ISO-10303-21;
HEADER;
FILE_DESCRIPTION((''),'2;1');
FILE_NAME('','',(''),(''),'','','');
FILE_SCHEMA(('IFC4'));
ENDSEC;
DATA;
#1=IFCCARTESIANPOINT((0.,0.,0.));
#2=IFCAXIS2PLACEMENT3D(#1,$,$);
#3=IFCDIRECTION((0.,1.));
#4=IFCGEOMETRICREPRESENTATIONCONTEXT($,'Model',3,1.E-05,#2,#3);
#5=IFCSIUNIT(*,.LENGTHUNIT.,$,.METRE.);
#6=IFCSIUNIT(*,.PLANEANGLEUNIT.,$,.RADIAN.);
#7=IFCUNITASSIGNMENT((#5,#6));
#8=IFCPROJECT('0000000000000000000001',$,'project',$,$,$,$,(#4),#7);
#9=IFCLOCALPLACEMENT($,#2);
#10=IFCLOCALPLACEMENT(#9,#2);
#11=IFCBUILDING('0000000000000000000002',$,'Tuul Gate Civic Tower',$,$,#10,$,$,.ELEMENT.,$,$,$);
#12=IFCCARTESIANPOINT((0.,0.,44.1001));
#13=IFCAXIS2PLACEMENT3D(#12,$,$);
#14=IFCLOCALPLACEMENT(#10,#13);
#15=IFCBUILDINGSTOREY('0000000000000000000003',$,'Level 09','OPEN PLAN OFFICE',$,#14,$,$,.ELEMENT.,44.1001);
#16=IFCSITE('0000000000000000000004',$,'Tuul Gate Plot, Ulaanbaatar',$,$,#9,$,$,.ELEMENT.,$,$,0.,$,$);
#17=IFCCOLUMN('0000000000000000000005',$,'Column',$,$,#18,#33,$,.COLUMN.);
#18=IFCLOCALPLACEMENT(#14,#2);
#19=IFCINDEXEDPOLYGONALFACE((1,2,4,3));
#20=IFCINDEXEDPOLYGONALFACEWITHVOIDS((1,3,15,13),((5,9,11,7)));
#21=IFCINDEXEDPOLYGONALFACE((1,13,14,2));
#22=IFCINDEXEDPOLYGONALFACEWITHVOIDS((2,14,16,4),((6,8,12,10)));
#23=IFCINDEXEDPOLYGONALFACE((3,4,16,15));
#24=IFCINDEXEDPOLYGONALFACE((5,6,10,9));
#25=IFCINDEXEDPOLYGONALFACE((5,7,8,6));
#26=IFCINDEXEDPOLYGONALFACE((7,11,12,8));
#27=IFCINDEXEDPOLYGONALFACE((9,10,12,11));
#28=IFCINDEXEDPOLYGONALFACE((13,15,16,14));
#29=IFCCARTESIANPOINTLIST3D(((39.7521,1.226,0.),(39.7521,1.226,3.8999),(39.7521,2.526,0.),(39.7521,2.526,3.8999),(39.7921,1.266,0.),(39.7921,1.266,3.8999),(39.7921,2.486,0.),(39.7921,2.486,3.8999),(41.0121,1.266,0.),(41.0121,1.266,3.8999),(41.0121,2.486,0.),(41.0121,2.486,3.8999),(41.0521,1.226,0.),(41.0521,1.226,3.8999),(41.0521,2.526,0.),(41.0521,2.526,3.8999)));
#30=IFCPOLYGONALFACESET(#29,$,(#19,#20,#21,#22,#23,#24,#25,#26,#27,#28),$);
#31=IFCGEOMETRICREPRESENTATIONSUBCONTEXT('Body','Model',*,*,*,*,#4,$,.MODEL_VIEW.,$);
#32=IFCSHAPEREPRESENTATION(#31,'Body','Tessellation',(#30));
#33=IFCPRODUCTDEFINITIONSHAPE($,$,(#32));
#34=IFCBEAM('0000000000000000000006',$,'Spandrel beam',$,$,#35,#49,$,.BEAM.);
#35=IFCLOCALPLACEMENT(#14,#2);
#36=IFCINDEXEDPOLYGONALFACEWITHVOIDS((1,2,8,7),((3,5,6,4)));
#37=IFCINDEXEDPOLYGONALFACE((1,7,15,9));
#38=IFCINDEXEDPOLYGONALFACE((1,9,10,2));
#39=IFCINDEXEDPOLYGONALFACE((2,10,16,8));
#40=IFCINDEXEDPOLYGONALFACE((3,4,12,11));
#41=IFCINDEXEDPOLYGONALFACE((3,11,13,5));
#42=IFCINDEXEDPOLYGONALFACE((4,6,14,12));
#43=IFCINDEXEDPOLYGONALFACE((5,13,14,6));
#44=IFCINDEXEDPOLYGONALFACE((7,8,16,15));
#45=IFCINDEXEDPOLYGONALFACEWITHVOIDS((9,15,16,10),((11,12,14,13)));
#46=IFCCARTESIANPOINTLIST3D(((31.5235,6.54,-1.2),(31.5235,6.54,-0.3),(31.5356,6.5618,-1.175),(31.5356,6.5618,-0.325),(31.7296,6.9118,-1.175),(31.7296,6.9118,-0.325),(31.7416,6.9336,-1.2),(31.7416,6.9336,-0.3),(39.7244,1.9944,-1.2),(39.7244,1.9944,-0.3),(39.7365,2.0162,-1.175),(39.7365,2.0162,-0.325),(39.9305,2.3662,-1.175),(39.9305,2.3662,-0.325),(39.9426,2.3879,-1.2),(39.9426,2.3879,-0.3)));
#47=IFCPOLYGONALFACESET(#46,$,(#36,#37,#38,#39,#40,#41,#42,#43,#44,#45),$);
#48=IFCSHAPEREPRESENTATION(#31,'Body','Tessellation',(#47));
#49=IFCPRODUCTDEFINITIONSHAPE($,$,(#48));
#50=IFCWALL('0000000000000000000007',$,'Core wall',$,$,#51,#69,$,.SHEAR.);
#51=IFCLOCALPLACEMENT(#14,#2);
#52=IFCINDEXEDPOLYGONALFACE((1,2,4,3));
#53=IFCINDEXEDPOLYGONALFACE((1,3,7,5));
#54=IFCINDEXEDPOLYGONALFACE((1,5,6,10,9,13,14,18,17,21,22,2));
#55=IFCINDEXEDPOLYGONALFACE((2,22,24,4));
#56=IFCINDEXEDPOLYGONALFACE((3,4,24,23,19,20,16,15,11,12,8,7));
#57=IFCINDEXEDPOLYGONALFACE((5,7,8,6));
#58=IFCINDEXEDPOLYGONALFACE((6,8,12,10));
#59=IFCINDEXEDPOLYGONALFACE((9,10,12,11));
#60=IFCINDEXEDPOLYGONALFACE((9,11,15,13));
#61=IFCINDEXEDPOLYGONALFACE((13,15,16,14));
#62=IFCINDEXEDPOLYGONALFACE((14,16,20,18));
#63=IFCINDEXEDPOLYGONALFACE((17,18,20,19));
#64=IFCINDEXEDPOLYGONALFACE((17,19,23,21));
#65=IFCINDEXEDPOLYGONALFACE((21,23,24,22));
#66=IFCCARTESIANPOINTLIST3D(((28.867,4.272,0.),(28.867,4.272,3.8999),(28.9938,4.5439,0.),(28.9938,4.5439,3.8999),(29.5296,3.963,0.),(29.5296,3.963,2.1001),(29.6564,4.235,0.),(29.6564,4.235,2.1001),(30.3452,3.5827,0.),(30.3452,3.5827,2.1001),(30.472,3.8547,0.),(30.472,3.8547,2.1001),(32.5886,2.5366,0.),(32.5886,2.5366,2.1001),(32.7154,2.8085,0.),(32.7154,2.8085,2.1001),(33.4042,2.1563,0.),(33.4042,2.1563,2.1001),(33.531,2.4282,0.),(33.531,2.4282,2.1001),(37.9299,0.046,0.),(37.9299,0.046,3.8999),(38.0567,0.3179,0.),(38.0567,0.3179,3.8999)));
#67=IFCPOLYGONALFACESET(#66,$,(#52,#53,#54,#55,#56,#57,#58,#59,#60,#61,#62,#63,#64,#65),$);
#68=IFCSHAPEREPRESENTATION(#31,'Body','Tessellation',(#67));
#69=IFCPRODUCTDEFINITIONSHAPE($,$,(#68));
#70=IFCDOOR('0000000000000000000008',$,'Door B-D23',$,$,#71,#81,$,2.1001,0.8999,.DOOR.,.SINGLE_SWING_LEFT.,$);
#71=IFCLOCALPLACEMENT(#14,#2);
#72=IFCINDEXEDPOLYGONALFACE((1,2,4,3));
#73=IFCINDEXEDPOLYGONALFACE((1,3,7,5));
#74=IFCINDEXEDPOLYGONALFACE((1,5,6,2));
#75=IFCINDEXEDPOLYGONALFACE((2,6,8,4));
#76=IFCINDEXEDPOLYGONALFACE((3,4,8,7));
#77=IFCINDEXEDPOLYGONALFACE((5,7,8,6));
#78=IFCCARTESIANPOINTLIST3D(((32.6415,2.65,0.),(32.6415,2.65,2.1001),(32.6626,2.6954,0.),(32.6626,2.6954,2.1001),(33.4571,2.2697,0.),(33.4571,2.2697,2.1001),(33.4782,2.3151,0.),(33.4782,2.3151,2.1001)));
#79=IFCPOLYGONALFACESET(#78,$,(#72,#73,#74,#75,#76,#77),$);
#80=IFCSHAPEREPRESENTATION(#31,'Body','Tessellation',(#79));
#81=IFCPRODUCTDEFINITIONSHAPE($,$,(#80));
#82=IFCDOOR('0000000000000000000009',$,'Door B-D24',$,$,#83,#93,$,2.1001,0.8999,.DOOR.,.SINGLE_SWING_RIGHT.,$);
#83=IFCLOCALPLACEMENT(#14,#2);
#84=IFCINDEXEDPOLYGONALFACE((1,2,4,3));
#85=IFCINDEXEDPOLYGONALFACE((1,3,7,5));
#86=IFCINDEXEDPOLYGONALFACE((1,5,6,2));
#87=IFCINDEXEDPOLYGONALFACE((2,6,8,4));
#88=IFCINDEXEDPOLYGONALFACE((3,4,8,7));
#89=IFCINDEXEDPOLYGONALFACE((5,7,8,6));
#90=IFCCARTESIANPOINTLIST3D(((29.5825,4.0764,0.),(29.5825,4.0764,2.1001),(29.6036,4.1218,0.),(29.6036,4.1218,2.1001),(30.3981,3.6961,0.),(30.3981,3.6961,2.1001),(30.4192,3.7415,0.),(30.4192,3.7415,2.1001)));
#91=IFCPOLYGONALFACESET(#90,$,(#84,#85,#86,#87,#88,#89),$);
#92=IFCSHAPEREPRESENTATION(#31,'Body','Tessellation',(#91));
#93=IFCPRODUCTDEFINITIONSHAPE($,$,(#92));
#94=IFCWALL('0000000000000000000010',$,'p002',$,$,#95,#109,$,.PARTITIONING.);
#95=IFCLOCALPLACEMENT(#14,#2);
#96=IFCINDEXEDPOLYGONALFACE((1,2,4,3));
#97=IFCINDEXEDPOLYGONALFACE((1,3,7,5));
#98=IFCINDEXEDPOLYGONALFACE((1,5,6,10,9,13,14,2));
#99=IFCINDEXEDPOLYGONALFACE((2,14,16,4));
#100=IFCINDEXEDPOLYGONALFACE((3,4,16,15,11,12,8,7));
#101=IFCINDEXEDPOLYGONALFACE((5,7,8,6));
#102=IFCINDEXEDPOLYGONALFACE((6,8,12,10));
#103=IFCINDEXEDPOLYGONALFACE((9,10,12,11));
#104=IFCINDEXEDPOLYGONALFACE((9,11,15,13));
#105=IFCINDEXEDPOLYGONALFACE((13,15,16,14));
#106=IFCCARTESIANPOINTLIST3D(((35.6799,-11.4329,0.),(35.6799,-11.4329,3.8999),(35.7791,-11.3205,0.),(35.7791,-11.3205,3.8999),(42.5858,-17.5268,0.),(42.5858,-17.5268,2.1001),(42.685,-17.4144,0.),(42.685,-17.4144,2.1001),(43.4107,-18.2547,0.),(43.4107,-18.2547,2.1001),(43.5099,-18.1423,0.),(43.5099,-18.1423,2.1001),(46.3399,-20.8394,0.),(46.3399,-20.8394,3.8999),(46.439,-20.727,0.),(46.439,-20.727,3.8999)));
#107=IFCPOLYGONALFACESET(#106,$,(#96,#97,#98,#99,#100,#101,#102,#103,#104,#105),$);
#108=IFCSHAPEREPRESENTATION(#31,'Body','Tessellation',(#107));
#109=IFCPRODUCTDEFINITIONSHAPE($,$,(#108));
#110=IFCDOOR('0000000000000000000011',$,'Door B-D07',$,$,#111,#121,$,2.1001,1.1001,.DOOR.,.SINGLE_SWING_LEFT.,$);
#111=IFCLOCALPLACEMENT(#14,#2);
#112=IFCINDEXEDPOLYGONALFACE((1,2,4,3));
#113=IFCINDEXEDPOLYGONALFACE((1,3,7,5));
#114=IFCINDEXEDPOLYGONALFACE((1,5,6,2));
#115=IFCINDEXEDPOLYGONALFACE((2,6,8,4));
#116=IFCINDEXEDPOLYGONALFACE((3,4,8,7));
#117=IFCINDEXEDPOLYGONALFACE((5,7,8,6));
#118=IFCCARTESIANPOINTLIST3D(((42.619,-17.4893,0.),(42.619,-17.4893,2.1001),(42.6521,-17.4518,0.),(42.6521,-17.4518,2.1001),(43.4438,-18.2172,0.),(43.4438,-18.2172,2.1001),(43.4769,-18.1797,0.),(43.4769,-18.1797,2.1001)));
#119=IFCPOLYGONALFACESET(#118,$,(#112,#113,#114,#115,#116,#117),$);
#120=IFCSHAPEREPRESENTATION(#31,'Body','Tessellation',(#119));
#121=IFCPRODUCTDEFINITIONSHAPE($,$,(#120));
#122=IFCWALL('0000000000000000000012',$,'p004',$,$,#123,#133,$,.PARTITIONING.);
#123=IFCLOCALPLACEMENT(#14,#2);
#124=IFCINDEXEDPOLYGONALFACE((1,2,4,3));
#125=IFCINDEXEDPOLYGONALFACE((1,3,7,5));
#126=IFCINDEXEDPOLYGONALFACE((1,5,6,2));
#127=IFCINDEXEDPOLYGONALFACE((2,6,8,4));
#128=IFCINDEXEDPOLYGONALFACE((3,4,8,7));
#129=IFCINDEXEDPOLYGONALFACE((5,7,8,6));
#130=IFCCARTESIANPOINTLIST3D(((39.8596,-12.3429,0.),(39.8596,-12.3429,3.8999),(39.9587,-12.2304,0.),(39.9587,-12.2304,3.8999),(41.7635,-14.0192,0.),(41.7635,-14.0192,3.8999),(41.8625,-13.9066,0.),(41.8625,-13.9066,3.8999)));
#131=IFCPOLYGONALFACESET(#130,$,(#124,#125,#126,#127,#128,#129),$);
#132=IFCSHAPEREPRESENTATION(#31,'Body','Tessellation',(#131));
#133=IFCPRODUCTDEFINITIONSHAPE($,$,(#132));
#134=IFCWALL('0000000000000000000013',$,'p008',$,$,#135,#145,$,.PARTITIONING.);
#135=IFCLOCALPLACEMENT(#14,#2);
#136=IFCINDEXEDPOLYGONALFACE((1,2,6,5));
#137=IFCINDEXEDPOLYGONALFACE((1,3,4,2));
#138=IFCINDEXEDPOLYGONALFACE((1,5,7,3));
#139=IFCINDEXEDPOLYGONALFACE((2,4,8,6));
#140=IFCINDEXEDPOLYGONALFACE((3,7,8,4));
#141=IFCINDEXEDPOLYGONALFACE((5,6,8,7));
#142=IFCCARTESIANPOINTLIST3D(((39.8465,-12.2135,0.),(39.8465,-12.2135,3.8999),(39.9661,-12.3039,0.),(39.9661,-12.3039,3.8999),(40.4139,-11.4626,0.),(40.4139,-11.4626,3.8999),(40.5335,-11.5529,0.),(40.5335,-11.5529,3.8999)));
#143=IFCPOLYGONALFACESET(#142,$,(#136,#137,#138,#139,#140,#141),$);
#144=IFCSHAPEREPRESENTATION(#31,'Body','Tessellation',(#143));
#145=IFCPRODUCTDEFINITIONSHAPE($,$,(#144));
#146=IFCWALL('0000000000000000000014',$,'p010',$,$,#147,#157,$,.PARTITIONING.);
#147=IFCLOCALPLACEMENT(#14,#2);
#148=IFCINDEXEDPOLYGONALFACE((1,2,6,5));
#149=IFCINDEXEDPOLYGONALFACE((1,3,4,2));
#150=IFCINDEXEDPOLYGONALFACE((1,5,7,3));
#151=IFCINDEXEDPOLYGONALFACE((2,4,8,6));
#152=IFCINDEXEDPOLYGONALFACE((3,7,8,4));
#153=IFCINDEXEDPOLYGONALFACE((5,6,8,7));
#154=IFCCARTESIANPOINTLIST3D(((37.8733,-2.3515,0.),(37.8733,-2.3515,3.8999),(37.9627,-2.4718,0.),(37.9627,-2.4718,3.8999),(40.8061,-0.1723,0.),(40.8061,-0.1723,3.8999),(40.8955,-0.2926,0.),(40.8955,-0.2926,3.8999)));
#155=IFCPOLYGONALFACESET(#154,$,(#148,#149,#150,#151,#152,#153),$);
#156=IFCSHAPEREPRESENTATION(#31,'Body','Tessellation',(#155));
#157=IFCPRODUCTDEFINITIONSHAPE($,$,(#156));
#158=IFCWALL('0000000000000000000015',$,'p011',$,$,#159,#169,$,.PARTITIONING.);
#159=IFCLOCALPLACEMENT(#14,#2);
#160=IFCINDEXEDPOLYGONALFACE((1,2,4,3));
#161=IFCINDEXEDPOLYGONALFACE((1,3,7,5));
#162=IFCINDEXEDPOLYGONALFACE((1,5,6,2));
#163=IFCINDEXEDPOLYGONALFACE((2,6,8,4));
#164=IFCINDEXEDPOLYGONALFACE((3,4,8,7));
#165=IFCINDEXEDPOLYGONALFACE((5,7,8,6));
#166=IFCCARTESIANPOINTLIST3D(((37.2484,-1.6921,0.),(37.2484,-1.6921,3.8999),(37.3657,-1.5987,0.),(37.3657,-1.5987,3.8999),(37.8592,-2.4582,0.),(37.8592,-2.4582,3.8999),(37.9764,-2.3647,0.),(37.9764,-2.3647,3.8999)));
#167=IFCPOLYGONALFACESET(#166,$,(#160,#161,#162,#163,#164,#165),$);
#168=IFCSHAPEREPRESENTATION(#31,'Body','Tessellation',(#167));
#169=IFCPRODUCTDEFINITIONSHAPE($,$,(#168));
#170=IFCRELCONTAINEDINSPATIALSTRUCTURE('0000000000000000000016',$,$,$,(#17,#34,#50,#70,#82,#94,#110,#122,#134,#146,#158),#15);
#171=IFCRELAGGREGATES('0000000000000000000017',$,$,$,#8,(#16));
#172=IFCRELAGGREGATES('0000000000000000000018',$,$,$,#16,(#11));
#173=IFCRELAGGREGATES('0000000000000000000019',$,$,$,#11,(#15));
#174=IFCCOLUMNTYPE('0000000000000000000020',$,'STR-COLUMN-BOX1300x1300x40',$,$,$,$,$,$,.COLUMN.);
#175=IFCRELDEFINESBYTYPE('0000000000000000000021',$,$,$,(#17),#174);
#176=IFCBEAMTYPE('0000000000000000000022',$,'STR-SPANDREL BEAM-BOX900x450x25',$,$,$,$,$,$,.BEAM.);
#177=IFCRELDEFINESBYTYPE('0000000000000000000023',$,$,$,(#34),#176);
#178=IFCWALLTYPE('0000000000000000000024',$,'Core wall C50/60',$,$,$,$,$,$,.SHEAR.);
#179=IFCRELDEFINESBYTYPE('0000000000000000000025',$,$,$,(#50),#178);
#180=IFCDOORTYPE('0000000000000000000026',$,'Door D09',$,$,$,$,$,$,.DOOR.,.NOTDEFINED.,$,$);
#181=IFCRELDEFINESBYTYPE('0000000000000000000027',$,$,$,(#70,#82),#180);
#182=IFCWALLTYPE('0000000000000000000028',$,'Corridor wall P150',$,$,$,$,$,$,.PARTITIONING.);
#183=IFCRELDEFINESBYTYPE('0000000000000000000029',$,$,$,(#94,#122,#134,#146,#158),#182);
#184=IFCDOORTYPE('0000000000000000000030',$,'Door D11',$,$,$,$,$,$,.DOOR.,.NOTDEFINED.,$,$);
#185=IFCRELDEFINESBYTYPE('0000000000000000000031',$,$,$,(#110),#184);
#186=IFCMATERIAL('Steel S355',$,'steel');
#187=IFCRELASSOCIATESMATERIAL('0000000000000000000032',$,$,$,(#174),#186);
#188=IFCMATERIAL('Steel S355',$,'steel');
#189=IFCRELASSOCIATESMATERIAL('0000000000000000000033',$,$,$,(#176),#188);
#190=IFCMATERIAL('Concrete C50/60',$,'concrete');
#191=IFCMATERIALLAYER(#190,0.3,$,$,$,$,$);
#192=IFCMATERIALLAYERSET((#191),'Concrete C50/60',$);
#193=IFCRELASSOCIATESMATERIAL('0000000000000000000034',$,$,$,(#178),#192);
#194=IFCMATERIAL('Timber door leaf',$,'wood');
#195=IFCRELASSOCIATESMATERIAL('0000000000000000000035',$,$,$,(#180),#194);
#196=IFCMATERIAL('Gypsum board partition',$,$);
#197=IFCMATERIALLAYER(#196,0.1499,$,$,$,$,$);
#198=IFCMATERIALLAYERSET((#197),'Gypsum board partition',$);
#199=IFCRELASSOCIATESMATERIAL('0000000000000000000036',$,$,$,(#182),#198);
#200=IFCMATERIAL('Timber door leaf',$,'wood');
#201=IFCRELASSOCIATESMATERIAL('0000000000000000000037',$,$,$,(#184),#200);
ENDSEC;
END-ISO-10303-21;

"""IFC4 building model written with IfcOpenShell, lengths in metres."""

from ifc_helpers import new_model, si_unit, direction, frame, frame_2d, origin, origin_2d, place, context, subcontext, project, spatial, rectangle, hollow_rectangle, extrude, material, layer, layer_set, material_profile, profile_set, type_object, element, fill, save


model = new_model("IFC4")

# Units and contexts
model_context = context("Model", 3, precision=1e-05, world=origin(), true_north=direction((0.0, 1.0)))
body_context = subcontext(model_context, "Body", "Model", "MODEL_VIEW")
ifc_project = project(units=[si_unit("LENGTHUNIT", "METRE"), si_unit("PLANEANGLEUNIT", "RADIAN")], contexts=[model_context])

# Site, building, storey
site_placement = place(None, origin())
site = spatial("IfcSite", under=ifc_project, at=site_placement, Name="Tuul Gate Plot, Ulaanbaatar", CompositionType="ELEMENT", RefElevation=0.0)
building_placement = place(site_placement, origin())
building = spatial("IfcBuilding", under=site, at=building_placement, Name="Tuul Gate Civic Tower", CompositionType="ELEMENT")
storey_placement = place(building_placement, frame((0.0, 0.0, 44.1001)))
storey = spatial("IfcBuildingStorey", under=building, at=storey_placement, Name="Level 09", Description="OPEN PLAN OFFICE", CompositionType="ELEMENT", Elevation=44.1001)

# Column
ifc_material_1 = material(Name="Steel S355", Category="steel")
ifc_material_profile_1 = material_profile(ifc_material_1, hollow_rectangle(XDim=1.3, YDim=1.3, WallThickness=0.04, at=origin_2d()), Name="BOX1300x1300x40")
ifc_profile_set_1 = profile_set([ifc_material_profile_1], Name="Steel S355")
column_type = type_object("IfcColumnType", Name="STR-COLUMN-BOX1300x1300x40", PredefinedType="COLUMN", material=ifc_profile_set_1)
column_placement = place(storey_placement, frame((40.4021, 1.876, 0.0), z_axis=(0.0, 0.0, 1.0), x_axis=(1.0, 0.0, 0.0)))
element("IfcColumn", 1, at=column_placement, inside=storey, type_object=column_type, Name="Column", PredefinedType="COLUMN", context=body_context, shape_type="SweptSolid", body=[
    extrude(hollow_rectangle(XDim=1.3, YDim=1.3, WallThickness=0.04, at=origin_2d()), origin(), (0.0, 0.0, 1.0), 3.8999),
])

# Beam
ifc_material_2 = material(Name="Steel S355", Category="steel")
ifc_material_profile_2 = material_profile(ifc_material_2, hollow_rectangle(XDim=0.45, YDim=0.8999, WallThickness=0.0249, at=origin_2d()), Name="BOX900x450x25")
ifc_profile_set_2 = profile_set([ifc_material_profile_2], Name="Steel S355")
beam_type = type_object("IfcBeamType", Name="STR-SPANDREL BEAM-BOX900x450x25", PredefinedType="BEAM", material=ifc_profile_set_2)
beam_placement = place(storey_placement, frame((39.8335, 2.1912, -0.75), z_axis=(-0.874628, 0.484794, 0.0), x_axis=(-0.484794, -0.874628, 0.0)))
element("IfcBeam", 2, at=beam_placement, inside=storey, type_object=beam_type, Name="Spandrel beam", PredefinedType="BEAM", context=body_context, shape_type="SweptSolid", body=[
    extrude(hollow_rectangle(XDim=0.45, YDim=0.8999, WallThickness=0.0249, at=origin_2d()), origin(), (0.0, 0.0, 1.0), 9.3765),
])

# Wall, openings, doors
ifc_material_3 = material(Name="Concrete C50/60", Category="concrete")
ifc_layer_1 = layer(ifc_material_3, 0.3)
ifc_layer_set_1 = layer_set([ifc_layer_1], Name="Concrete C50/60")
wall_type_1 = type_object("IfcWallType", Name="Core wall C50/60", PredefinedType="SHEAR", material=ifc_layer_set_1)
wall_1_placement = place(storey_placement, frame((37.9934, 0.1819, 0.0), z_axis=(0.0, 0.0, 1.0), x_axis=(-0.90631, 0.422613, 0.0)))
wall_1 = element("IfcWall", 3, at=wall_1_placement, inside=storey, type_object=wall_type_1, Name="Core wall", PredefinedType="SHEAR", context=body_context, shape_type="SweptSolid", body=[
    extrude(rectangle(XDim=9.9998, YDim=0.3, at=frame_2d((5.0, 0.0))), origin(), (0.0, 0.0, 1.0), 3.8999),
])
opening_1_placement = place(wall_1_placement, frame((4.9937, 0.0, 0.0)))
opening_1 = element("IfcOpeningElement", 4, at=opening_1_placement, cuts=wall_1, PredefinedType="OPENING", context=body_context, shape_type="SweptSolid", body=[
    extrude(rectangle(XDim=0.8999, YDim=2.1001, at=frame_2d((0.45, 1.05))), frame((0.0, 0.1602, 0.0), z_axis=(0.0, -1.0, 0.0), x_axis=(1.0, 0.0, 0.0)), (0.0, 0.0, 1.0), 0.3201),
])
opening_2_placement = place(wall_1_placement, frame((8.3689, 0.0, 0.0)))
opening_2 = element("IfcOpeningElement", 5, at=opening_2_placement, cuts=wall_1, PredefinedType="OPENING", context=body_context, shape_type="SweptSolid", body=[
    extrude(rectangle(XDim=0.8999, YDim=2.1001, at=frame_2d((0.45, 1.05))), frame((0.0, 0.1602, 0.0), z_axis=(0.0, -1.0, 0.0), x_axis=(1.0, 0.0, 0.0)), (0.0, 0.0, 1.0), 0.3201),
])
ifc_material_4 = material(Name="Timber door leaf", Category="wood")
door_type_1 = type_object("IfcDoorType", Name="Door D09", OperationType="NOTDEFINED", PredefinedType="DOOR", material=ifc_material_4)
door_1_placement = place(opening_1_placement, origin())
door_1 = element("IfcDoor", 6, at=door_1_placement, inside=storey, type_object=door_type_1, Name="Door B-D23", OperationType="SINGLE_SWING_LEFT", OverallHeight=2.1001, OverallWidth=0.8999, PredefinedType="DOOR", context=body_context, shape_type="SweptSolid", body=[
    extrude(rectangle(XDim=0.8999, YDim=2.1001, at=frame_2d((0.45, 1.05))), frame((0.0, 0.0249, 0.0), z_axis=(0.0, -1.0, 0.0), x_axis=(1.0, 0.0, 0.0)), (0.0, 0.0, 1.0), 0.05),
])
fill(opening_1, door_1)
door_2_placement = place(opening_2_placement, origin())
door_2 = element("IfcDoor", 7, at=door_2_placement, inside=storey, type_object=door_type_1, Name="Door B-D24", OperationType="SINGLE_SWING_RIGHT", OverallHeight=2.1001, OverallWidth=0.8999, PredefinedType="DOOR", context=body_context, shape_type="SweptSolid", body=[
    extrude(rectangle(XDim=0.8999, YDim=2.1001, at=frame_2d((0.45, 1.05))), frame((0.0, 0.0249, 0.0), z_axis=(0.0, -1.0, 0.0), x_axis=(1.0, 0.0, 0.0)), (0.0, 0.0, 1.0), 0.05),
])
fill(opening_2, door_2)

# Wall, opening, door
ifc_material_5 = material(Name="Gypsum board partition")
ifc_layer_2 = layer(ifc_material_5, 0.1499)
ifc_layer_set_2 = layer_set([ifc_layer_2], Name="Gypsum board partition")
wall_type_2 = type_object("IfcWallType", Name="Corridor wall P150", PredefinedType="PARTITIONING", material=ifc_layer_set_2)
wall_2_placement = place(storey_placement, frame((35.7295, -11.3767, 0.0), z_axis=(0.0, 0.0, 1.0), x_axis=(0.749814, -0.661649, 0.0)))
wall_2 = element("IfcWall", 8, at=wall_2_placement, inside=storey, type_object=wall_type_2, Name="p002", PredefinedType="PARTITIONING", context=body_context, shape_type="SweptSolid", body=[
    extrude(rectangle(XDim=14.2168, YDim=0.1499, at=frame_2d((7.1084, 0.0))), origin(), (0.0, 0.0, 1.0), 3.8999),
])
opening_3_placement = place(wall_2_placement, frame((9.2102, 0.0, 0.0)))
opening_3 = element("IfcOpeningElement", 9, at=opening_3_placement, cuts=wall_2, PredefinedType="OPENING", context=body_context, shape_type="SweptSolid", body=[
    extrude(rectangle(XDim=1.1001, YDim=2.1001, at=frame_2d((0.55, 1.05))), frame((0.0, 0.085, 0.0), z_axis=(0.0, -1.0, 0.0), x_axis=(1.0, 0.0, 0.0)), (0.0, 0.0, 1.0), 0.1699),
])
ifc_material_6 = material(Name="Timber door leaf", Category="wood")
door_type_2 = type_object("IfcDoorType", Name="Door D11", OperationType="NOTDEFINED", PredefinedType="DOOR", material=ifc_material_6)
door_3_placement = place(opening_3_placement, frame((1.1001, 0.0, 0.0), z_axis=(0.0, 0.0, 1.0), x_axis=(-1.0, 0.0, 0.0)))
door_3 = element("IfcDoor", 10, at=door_3_placement, inside=storey, type_object=door_type_2, Name="Door B-D07", OperationType="SINGLE_SWING_LEFT", OverallHeight=2.1001, OverallWidth=1.1001, PredefinedType="DOOR", context=body_context, shape_type="SweptSolid", body=[
    extrude(rectangle(XDim=1.1001, YDim=2.1001, at=frame_2d((0.55, 1.05))), frame((0.0, 0.0249, 0.0), z_axis=(0.0, -1.0, 0.0), x_axis=(1.0, 0.0, 0.0)), (0.0, 0.0, 1.0), 0.05),
])
fill(opening_3, door_3)

# Walls
wall_3_placement = place(storey_placement, frame((39.9092, -12.2866, 0.0), z_axis=(0.0, 0.0, 1.0), x_axis=(0.750534, -0.660832, 0.0)))
element("IfcWall", 11, at=wall_3_placement, inside=storey, type_object=wall_type_2, Name="p004", PredefinedType="PARTITIONING", context=body_context, shape_type="SweptSolid", body=[
    extrude(rectangle(XDim=2.5366, YDim=0.1499, at=frame_2d((1.2683, 0.0))), origin(), (0.0, 0.0, 1.0), 3.8999),
])
wall_4_placement = place(storey_placement, frame((39.9062, -12.2588, 0.0), z_axis=(0.0, 0.0, 1.0), x_axis=(0.602818, 0.797878, 0.0)))
element("IfcWall", 12, at=wall_4_placement, inside=storey, type_object=wall_type_2, Name="p008", PredefinedType="PARTITIONING", context=body_context, shape_type="SweptSolid", body=[
    extrude(rectangle(XDim=0.9412, YDim=0.1499, at=frame_2d((0.4707, 0.0))), origin(), (0.0, 0.0, 1.0), 3.8999),
])
wall_5_placement = place(storey_placement, frame((37.918, -2.4116, 0.0), z_axis=(0.0, 0.0, 1.0), x_axis=(0.802678, 0.596413, 0.0)))
element("IfcWall", 13, at=wall_5_placement, inside=storey, type_object=wall_type_2, Name="p010", PredefinedType="PARTITIONING", context=body_context, shape_type="SweptSolid", body=[
    extrude(rectangle(XDim=3.6538, YDim=0.1499, at=frame_2d((1.8269, 0.0))), origin(), (0.0, 0.0, 1.0), 3.8999),
])
wall_6_placement = place(storey_placement, frame((37.3071, -1.6455, 0.0), z_axis=(0.0, 0.0, 1.0), x_axis=(0.623418, -0.781889, 0.0)))
element("IfcWall", 14, at=wall_6_placement, inside=storey, type_object=wall_type_2, Name="p011", PredefinedType="PARTITIONING", context=body_context, shape_type="SweptSolid", body=[
    extrude(rectangle(XDim=0.9797, YDim=0.1499, at=frame_2d((0.4897, 0.0))), origin(), (0.0, 0.0, 1.0), 3.8999),
])

save(model, "model.ifc")
